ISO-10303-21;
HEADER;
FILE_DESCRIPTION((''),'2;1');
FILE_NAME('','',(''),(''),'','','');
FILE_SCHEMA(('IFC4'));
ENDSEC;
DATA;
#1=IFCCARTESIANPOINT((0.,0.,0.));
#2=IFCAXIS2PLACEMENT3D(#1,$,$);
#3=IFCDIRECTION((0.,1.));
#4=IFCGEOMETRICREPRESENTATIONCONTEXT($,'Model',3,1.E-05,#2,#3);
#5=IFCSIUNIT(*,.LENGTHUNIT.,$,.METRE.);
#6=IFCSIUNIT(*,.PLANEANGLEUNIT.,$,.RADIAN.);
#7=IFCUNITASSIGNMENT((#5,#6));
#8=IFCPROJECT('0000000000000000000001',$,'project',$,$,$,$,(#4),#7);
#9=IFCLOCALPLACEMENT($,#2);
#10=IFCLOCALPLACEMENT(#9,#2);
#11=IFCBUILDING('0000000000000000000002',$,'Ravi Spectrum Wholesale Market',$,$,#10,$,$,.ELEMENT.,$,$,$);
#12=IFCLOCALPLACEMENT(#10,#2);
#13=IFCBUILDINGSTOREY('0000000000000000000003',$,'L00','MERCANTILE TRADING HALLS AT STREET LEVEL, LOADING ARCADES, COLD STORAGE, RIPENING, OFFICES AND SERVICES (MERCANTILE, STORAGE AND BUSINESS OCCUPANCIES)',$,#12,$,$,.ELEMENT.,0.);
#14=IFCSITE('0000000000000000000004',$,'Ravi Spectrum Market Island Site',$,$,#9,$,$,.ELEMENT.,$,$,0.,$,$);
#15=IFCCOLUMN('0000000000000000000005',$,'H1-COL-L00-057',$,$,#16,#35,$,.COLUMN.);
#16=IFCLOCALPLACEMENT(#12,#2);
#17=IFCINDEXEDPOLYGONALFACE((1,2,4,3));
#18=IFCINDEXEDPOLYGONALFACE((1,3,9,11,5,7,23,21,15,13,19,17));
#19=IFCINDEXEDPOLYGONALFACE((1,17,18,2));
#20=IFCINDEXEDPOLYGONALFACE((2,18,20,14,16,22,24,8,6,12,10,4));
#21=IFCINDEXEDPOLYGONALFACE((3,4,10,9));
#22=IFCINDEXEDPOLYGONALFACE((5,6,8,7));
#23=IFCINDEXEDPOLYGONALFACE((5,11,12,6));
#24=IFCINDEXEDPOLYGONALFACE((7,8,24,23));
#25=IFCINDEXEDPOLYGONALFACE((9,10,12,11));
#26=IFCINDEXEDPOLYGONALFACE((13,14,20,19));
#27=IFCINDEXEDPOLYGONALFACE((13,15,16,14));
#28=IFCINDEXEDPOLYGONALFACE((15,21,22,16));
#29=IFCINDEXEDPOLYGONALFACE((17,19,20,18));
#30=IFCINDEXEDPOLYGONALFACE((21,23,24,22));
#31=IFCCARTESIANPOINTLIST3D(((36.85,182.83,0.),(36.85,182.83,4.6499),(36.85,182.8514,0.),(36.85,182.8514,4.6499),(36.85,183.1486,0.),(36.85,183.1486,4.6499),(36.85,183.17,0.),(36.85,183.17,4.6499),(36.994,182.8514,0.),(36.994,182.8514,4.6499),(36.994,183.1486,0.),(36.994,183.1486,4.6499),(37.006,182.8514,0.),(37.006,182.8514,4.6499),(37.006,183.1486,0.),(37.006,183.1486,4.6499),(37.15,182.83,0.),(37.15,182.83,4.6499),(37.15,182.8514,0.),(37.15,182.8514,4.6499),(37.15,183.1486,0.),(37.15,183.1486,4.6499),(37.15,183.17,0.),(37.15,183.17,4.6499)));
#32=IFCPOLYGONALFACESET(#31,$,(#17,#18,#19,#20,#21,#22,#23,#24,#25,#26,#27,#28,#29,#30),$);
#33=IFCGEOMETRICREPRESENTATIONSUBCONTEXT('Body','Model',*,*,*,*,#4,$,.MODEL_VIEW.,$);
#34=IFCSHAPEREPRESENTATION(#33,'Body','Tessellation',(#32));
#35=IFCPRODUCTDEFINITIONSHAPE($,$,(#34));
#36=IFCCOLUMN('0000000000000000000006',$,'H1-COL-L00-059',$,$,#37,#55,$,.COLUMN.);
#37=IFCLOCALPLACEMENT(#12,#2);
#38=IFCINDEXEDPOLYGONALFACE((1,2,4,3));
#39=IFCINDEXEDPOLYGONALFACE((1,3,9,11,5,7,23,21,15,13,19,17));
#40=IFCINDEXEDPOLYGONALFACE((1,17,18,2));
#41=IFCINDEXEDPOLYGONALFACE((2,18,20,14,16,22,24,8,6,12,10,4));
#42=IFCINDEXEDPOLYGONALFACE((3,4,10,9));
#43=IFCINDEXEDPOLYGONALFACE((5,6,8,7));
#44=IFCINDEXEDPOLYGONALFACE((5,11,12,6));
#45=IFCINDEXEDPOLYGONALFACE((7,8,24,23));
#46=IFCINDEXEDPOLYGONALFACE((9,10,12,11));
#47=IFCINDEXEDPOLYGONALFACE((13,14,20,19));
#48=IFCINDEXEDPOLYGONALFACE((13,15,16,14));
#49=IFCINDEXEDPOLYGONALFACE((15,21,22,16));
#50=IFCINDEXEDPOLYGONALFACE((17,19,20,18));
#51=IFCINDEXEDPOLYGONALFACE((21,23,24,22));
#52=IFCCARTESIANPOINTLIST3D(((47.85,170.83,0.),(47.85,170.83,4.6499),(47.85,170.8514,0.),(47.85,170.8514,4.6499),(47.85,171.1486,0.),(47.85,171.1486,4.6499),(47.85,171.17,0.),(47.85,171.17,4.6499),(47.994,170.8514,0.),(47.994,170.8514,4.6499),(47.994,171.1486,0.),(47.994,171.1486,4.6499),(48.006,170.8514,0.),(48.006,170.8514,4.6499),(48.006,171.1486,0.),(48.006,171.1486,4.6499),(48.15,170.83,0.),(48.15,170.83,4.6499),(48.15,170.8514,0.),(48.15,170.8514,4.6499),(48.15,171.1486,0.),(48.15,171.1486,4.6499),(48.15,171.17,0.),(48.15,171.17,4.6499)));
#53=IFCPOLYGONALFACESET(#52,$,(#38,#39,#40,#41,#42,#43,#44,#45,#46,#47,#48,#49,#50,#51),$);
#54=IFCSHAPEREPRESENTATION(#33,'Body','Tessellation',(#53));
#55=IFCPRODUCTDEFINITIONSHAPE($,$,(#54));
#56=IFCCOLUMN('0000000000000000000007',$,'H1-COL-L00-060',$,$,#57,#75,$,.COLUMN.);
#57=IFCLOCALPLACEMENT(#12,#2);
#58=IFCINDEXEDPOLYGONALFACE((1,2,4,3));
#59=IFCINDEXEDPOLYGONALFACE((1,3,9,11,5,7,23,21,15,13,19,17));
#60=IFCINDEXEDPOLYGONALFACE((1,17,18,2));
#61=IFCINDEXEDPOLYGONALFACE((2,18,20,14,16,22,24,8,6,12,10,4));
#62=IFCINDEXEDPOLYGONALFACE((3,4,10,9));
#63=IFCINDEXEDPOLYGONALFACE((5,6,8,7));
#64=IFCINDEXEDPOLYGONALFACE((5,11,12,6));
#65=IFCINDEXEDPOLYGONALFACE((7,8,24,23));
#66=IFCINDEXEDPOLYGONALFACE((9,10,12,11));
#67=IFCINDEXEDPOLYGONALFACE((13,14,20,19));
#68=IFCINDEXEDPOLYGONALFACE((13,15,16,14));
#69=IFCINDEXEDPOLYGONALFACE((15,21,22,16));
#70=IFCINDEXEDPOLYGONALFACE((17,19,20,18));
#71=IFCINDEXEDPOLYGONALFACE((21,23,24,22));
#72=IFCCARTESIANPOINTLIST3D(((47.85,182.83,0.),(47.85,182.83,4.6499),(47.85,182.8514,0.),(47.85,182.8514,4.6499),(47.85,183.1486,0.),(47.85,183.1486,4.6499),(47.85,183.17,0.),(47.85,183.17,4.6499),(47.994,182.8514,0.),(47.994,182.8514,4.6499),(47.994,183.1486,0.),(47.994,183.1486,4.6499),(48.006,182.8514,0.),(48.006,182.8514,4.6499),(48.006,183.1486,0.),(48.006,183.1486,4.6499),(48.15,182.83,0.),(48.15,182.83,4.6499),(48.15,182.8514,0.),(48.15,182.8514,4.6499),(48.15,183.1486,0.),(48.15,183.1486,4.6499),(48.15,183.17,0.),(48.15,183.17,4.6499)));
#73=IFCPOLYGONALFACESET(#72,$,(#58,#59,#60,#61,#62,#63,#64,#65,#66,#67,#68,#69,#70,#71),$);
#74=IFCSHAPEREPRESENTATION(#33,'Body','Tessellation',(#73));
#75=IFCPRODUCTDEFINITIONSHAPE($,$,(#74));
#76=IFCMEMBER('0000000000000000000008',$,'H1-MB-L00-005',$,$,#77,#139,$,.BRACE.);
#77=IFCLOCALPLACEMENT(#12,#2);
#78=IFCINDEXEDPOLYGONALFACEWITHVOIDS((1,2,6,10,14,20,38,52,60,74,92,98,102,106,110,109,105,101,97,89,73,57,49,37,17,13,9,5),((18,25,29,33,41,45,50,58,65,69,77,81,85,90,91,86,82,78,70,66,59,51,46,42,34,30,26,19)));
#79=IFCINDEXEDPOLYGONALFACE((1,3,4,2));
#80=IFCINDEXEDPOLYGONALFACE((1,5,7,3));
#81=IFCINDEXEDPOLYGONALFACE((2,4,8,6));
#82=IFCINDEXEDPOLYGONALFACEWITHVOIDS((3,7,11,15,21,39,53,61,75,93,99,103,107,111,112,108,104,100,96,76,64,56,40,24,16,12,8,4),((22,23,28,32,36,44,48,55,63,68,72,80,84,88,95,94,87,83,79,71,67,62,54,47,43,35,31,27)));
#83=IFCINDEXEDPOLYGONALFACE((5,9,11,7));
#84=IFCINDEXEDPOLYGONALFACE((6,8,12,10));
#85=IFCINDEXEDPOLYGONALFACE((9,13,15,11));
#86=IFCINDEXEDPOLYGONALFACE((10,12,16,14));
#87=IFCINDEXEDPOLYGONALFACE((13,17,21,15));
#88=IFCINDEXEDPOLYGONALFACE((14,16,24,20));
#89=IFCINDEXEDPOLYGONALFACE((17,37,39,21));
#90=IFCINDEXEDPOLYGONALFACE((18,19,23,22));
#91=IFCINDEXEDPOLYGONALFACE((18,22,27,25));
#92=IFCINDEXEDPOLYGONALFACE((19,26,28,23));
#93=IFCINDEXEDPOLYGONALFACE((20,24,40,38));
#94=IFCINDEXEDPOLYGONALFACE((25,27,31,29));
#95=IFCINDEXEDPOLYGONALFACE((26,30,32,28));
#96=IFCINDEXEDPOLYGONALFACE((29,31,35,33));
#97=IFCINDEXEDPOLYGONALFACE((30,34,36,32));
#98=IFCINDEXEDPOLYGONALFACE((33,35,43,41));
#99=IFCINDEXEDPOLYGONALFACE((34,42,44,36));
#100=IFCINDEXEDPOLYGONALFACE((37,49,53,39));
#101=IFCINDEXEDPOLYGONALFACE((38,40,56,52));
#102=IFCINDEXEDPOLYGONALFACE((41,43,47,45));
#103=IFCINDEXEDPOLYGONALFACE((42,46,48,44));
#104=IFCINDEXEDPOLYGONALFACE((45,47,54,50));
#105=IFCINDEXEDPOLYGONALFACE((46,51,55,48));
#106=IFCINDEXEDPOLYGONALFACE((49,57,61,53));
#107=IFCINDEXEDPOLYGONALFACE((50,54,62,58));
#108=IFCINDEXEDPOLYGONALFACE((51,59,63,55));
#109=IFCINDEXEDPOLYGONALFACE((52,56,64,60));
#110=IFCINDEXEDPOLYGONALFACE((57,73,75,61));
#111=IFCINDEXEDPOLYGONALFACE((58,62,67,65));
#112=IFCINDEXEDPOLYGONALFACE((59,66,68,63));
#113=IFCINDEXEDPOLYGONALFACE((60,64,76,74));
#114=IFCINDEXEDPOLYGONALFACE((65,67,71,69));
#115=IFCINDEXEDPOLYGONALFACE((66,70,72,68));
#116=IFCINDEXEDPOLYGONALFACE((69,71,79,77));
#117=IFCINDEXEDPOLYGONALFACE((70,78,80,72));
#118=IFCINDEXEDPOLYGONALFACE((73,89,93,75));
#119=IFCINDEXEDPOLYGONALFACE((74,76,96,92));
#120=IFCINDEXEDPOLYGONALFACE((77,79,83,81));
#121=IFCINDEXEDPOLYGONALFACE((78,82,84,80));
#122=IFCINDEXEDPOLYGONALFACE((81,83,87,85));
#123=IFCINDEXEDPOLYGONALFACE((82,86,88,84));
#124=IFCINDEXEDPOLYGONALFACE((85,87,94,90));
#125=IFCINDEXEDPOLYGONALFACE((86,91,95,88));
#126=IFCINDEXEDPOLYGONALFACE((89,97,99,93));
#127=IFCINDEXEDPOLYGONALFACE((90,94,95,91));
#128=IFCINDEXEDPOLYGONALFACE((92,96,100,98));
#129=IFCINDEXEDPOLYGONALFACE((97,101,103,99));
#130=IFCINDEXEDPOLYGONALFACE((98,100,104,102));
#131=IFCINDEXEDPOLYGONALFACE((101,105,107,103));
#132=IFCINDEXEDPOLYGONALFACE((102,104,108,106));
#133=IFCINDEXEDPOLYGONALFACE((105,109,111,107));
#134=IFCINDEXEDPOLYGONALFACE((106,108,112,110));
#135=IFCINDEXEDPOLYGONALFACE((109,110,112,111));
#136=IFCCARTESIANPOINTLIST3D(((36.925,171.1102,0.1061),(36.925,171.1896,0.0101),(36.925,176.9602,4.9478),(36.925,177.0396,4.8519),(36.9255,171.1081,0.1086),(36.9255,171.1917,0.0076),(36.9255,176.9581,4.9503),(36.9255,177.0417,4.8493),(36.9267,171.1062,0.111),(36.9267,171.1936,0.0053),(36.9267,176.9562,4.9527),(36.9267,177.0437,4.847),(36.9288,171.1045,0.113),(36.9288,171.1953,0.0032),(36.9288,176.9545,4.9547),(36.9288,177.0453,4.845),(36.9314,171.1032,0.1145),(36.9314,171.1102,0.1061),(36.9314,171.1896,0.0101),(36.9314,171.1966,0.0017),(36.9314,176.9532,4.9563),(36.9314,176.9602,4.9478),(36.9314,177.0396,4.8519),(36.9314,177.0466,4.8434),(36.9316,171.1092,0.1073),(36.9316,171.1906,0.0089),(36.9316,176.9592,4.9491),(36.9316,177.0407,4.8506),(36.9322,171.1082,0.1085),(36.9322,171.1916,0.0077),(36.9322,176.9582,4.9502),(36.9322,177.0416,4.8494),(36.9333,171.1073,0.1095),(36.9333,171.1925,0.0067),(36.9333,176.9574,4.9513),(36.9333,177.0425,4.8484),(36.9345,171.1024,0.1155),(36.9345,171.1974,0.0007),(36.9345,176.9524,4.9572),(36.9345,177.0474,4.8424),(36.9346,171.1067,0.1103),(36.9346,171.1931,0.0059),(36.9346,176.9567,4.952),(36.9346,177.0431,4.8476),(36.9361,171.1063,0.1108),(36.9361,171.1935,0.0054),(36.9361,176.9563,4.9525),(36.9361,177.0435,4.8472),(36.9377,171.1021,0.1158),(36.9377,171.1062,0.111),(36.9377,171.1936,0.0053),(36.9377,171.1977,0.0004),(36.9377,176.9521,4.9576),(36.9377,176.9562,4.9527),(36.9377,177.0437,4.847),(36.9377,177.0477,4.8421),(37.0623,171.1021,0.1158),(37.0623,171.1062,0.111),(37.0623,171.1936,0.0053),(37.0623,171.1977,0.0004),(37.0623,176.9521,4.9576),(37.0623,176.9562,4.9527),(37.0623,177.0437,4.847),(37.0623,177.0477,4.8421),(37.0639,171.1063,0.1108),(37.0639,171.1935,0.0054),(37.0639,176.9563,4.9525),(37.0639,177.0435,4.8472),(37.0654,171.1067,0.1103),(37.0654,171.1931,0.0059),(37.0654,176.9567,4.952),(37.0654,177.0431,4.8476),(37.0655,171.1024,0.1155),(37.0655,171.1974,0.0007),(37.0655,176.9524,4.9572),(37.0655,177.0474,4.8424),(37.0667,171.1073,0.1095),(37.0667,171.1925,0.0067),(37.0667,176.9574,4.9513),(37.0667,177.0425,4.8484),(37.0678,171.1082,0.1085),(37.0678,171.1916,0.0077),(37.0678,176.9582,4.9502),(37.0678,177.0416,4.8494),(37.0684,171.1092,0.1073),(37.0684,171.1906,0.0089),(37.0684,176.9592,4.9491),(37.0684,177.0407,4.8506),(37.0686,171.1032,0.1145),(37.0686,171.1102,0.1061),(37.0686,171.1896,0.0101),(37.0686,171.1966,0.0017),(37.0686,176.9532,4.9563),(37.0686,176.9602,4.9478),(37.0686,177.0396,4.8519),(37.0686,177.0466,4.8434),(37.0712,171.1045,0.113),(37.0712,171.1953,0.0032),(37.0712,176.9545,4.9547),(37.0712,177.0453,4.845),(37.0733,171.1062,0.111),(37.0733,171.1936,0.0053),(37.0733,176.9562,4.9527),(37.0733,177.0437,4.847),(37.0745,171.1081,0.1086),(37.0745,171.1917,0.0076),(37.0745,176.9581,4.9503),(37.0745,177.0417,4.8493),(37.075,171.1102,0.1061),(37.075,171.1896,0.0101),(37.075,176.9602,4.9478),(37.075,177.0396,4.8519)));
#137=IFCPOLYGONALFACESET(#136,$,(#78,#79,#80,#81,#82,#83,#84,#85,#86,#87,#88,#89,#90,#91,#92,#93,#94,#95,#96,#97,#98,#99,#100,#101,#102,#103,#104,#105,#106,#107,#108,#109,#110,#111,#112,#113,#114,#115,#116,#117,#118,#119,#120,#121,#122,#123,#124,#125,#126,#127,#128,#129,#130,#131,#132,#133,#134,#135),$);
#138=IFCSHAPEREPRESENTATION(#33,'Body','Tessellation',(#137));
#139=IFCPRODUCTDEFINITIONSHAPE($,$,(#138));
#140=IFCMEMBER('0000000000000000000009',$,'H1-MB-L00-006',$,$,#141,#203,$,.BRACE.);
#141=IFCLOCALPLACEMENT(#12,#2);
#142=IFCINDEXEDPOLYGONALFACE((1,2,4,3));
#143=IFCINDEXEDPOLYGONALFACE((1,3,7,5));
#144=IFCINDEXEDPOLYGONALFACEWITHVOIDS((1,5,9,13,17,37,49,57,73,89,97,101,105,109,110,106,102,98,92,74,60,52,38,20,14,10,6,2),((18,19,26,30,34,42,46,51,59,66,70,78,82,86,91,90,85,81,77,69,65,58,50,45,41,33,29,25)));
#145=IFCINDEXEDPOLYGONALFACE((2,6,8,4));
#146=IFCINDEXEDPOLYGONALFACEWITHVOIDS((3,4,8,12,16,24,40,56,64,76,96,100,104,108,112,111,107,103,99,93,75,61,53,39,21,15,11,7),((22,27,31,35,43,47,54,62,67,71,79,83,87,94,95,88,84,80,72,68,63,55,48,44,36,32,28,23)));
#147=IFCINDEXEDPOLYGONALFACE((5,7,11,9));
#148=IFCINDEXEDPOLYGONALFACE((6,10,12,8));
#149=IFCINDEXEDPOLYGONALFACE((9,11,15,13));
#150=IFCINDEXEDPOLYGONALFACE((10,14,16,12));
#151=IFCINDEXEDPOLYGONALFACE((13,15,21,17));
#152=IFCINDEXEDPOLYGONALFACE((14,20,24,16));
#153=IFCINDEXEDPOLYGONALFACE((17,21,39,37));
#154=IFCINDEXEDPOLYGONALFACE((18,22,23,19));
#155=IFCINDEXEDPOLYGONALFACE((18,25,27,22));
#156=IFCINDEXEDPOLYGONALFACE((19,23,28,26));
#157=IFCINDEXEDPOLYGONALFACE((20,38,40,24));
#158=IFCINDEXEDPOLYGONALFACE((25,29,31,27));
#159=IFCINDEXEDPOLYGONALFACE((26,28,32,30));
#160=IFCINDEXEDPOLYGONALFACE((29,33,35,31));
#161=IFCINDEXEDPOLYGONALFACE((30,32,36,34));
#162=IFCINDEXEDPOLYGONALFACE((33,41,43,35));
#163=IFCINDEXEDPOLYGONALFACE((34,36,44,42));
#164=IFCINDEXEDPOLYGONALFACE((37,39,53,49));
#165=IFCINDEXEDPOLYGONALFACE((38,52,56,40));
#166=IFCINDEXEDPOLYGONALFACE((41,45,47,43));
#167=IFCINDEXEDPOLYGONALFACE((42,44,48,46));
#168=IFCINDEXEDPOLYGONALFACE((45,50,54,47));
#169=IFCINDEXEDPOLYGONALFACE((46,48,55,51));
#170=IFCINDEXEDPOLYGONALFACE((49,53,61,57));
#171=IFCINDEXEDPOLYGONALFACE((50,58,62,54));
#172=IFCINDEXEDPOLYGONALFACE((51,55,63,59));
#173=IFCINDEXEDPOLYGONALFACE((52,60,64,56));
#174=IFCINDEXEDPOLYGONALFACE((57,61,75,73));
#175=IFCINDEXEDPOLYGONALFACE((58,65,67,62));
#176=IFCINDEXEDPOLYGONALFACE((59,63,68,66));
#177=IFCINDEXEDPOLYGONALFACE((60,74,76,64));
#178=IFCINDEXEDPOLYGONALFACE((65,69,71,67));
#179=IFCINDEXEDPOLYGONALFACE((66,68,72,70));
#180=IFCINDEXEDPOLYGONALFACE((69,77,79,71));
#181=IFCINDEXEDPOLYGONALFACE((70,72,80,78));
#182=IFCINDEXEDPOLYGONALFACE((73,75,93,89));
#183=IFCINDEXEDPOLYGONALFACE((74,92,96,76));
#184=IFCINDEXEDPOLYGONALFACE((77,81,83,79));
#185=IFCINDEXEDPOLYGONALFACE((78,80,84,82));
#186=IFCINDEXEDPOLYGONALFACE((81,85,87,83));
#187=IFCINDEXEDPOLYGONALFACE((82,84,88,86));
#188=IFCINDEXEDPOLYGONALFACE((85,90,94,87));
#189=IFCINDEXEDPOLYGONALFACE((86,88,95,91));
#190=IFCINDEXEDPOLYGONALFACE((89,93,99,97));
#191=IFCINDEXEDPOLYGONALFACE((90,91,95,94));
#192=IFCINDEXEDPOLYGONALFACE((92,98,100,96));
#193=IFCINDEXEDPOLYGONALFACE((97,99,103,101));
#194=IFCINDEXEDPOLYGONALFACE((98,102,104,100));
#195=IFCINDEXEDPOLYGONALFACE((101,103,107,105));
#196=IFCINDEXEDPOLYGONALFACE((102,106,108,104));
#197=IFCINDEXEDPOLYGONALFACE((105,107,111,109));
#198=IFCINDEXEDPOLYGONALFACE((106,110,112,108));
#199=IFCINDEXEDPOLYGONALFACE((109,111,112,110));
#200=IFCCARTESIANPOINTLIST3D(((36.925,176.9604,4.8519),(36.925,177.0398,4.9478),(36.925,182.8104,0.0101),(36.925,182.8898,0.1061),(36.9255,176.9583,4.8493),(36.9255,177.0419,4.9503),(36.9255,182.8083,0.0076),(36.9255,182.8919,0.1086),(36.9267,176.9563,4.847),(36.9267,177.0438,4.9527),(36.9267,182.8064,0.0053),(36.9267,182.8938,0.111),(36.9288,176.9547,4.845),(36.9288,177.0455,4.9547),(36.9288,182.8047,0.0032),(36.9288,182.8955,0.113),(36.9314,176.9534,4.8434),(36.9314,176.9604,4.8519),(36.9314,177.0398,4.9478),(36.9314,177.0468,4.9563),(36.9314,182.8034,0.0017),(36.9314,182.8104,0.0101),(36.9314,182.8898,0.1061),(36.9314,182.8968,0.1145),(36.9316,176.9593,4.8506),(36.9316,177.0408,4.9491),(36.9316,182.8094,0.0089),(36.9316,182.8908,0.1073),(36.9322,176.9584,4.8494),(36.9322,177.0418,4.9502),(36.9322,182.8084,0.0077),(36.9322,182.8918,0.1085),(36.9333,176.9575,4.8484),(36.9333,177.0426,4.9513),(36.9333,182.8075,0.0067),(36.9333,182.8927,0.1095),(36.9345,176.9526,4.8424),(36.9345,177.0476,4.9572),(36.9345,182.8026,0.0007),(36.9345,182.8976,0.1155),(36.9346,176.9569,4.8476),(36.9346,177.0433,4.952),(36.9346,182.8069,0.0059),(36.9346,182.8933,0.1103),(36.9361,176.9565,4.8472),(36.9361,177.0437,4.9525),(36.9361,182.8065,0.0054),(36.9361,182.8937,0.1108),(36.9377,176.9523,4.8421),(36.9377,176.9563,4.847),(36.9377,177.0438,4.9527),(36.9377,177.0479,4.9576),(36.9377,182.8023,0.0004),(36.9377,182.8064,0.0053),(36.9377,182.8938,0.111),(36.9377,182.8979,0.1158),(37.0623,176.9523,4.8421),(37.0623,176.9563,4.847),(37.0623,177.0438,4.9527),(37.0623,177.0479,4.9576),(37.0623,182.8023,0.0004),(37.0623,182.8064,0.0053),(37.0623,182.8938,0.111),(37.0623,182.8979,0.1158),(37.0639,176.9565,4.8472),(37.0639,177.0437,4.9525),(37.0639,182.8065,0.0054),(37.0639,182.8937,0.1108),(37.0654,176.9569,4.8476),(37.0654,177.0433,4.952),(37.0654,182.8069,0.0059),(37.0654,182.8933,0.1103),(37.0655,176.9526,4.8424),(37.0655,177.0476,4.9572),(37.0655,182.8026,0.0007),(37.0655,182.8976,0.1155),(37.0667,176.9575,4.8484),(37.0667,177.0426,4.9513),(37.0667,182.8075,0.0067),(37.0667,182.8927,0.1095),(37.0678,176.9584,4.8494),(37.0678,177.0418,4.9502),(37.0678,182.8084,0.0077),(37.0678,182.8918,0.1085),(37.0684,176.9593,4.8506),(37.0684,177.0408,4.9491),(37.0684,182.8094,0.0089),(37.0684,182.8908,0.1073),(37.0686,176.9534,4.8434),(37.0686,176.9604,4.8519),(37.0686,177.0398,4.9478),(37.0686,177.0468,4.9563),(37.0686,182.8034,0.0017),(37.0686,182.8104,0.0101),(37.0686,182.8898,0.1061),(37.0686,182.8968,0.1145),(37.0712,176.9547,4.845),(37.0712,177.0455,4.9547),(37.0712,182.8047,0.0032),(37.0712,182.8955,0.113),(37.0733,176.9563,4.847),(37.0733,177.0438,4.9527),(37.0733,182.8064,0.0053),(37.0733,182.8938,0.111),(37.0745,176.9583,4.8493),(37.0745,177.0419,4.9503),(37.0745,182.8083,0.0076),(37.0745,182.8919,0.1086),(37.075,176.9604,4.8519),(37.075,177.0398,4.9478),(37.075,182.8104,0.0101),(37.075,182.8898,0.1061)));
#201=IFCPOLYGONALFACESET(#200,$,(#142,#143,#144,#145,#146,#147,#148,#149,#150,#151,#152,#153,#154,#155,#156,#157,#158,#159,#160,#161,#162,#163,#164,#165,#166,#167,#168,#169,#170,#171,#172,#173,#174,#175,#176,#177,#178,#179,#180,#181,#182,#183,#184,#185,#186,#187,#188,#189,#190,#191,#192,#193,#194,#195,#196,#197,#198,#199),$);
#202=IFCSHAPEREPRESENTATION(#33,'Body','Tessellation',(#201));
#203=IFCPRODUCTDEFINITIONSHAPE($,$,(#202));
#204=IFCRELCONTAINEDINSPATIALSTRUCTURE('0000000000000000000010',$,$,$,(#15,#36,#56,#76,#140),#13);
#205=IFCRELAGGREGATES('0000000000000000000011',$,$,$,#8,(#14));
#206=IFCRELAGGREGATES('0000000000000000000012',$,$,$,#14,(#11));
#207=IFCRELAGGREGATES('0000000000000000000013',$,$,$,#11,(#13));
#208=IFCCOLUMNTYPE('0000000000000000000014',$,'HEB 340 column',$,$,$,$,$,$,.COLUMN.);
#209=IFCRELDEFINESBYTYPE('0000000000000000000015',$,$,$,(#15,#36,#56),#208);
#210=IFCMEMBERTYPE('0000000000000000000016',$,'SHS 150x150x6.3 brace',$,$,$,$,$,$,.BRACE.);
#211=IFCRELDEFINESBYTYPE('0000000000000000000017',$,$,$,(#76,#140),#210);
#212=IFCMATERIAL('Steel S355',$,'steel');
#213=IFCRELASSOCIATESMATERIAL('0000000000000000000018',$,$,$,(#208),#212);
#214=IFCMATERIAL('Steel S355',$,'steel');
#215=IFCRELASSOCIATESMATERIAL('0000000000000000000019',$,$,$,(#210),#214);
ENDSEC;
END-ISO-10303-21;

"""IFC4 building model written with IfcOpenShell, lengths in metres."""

from ifc_helpers import new_model, si_unit, direction, frame, origin, origin_2d, place, context, subcontext, project, spatial, hollow_rectangle, i_section, extrude, material, material_profile, profile_set, type_object, element, save


model = new_model("IFC4")

# Units and contexts
model_context = context("Model", 3, precision=1e-05, world=origin(), true_north=direction((0.0, 1.0)))
body_context = subcontext(model_context, "Body", "Model", "MODEL_VIEW")
ifc_project = project(units=[si_unit("LENGTHUNIT", "METRE"), si_unit("PLANEANGLEUNIT", "RADIAN")], contexts=[model_context])

# Site, building, storey
site_placement = place(None, origin())
site = spatial("IfcSite", under=ifc_project, at=site_placement, Name="Ravi Spectrum Market Island Site", CompositionType="ELEMENT", RefElevation=0.0)
building_placement = place(site_placement, origin())
building = spatial("IfcBuilding", under=site, at=building_placement, Name="Ravi Spectrum Wholesale Market", CompositionType="ELEMENT")
storey_placement = place(building_placement, origin())
storey = spatial("IfcBuildingStorey", under=building, at=storey_placement, Name="L00", Description="MERCANTILE TRADING HALLS AT STREET LEVEL, LOADING ARCADES, COLD STORAGE, RIPENING, OFFICES AND SERVICES (MERCANTILE, STORAGE AND BUSINESS OCCUPANCIES)", CompositionType="ELEMENT", Elevation=0.0)

# Columns
ifc_material_1 = material(Name="Steel S355", Category="steel")
ifc_material_profile_1 = material_profile(ifc_material_1, i_section(OverallWidth=0.3, OverallDepth=0.3401, WebThickness=0.012, FlangeThickness=0.0215, at=origin_2d()))
ifc_profile_set_1 = profile_set([ifc_material_profile_1], Name="Steel S355")
column_type_1 = type_object("IfcColumnType", Name="HEB 340 column", PredefinedType="COLUMN", material=ifc_profile_set_1)
for number, where, z_axis, x_axis, name in (
    (1, (37.0, 183.0, 0.0), (0.0, 0.0, 1.0), (1.0, 0.0, 0.0), "H1-COL-L00-057"),
    (2, (48.0, 171.0, 0.0), (0.0, 0.0, 1.0), (1.0, 0.0, 0.0), "H1-COL-L00-059"),
    (3, (48.0, 183.0, 0.0), (0.0, 0.0, 1.0), (1.0, 0.0, 0.0), "H1-COL-L00-060"),
):
    element("IfcColumn", number, at=place(storey_placement, frame(where, z_axis=z_axis, x_axis=x_axis)), inside=storey, type_object=column_type_1, Name=name, PredefinedType="COLUMN", context=body_context, shape_type="SweptSolid", body=[
        extrude(i_section(OverallWidth=0.3, OverallDepth=0.3401, WebThickness=0.012, FlangeThickness=0.0215, at=origin_2d()), origin(), (0.0, 0.0, 1.0), 4.6499),
    ])

# Members
ifc_material_2 = material(Name="Steel S355", Category="steel")
ifc_material_profile_2 = material_profile(ifc_material_2, hollow_rectangle(XDim=0.1499, YDim=0.1499, WallThickness=0.0063, InnerFilletRadius=0.0063, OuterFilletRadius=0.0127, at=origin_2d()))
ifc_profile_set_2 = profile_set([ifc_material_profile_2], Name="Steel S355")
member_type = type_object("IfcMemberType", Name="SHS 150x150x6.3 brace", PredefinedType="BRACE", material=ifc_profile_set_2)
for number, where, z_axis, x_axis, name in (
    (4, (37.0, 171.1499, 0.0581), (0.0, 0.770373, 0.637594), (-1.0, 0.0, 0.0), "H1-MB-L00-005"),
    (5, (37.0, 182.8501, 0.0581), (0.0, -0.770373, 0.637594), (1.0, 0.0, 0.0), "H1-MB-L00-006"),
):
    element("IfcMember", number, at=place(storey_placement, frame(where, z_axis=z_axis, x_axis=x_axis)), inside=storey, type_object=member_type, Name=name, PredefinedType="BRACE", context=body_context, shape_type="SweptSolid", body=[
        extrude(hollow_rectangle(XDim=0.1499, YDim=0.1499, WallThickness=0.0063, InnerFilletRadius=0.0063, OuterFilletRadius=0.0127, at=origin_2d()), origin(), (0.0, 0.0, 1.0), 7.5938),
    ])

save(model, "model.ifc")
